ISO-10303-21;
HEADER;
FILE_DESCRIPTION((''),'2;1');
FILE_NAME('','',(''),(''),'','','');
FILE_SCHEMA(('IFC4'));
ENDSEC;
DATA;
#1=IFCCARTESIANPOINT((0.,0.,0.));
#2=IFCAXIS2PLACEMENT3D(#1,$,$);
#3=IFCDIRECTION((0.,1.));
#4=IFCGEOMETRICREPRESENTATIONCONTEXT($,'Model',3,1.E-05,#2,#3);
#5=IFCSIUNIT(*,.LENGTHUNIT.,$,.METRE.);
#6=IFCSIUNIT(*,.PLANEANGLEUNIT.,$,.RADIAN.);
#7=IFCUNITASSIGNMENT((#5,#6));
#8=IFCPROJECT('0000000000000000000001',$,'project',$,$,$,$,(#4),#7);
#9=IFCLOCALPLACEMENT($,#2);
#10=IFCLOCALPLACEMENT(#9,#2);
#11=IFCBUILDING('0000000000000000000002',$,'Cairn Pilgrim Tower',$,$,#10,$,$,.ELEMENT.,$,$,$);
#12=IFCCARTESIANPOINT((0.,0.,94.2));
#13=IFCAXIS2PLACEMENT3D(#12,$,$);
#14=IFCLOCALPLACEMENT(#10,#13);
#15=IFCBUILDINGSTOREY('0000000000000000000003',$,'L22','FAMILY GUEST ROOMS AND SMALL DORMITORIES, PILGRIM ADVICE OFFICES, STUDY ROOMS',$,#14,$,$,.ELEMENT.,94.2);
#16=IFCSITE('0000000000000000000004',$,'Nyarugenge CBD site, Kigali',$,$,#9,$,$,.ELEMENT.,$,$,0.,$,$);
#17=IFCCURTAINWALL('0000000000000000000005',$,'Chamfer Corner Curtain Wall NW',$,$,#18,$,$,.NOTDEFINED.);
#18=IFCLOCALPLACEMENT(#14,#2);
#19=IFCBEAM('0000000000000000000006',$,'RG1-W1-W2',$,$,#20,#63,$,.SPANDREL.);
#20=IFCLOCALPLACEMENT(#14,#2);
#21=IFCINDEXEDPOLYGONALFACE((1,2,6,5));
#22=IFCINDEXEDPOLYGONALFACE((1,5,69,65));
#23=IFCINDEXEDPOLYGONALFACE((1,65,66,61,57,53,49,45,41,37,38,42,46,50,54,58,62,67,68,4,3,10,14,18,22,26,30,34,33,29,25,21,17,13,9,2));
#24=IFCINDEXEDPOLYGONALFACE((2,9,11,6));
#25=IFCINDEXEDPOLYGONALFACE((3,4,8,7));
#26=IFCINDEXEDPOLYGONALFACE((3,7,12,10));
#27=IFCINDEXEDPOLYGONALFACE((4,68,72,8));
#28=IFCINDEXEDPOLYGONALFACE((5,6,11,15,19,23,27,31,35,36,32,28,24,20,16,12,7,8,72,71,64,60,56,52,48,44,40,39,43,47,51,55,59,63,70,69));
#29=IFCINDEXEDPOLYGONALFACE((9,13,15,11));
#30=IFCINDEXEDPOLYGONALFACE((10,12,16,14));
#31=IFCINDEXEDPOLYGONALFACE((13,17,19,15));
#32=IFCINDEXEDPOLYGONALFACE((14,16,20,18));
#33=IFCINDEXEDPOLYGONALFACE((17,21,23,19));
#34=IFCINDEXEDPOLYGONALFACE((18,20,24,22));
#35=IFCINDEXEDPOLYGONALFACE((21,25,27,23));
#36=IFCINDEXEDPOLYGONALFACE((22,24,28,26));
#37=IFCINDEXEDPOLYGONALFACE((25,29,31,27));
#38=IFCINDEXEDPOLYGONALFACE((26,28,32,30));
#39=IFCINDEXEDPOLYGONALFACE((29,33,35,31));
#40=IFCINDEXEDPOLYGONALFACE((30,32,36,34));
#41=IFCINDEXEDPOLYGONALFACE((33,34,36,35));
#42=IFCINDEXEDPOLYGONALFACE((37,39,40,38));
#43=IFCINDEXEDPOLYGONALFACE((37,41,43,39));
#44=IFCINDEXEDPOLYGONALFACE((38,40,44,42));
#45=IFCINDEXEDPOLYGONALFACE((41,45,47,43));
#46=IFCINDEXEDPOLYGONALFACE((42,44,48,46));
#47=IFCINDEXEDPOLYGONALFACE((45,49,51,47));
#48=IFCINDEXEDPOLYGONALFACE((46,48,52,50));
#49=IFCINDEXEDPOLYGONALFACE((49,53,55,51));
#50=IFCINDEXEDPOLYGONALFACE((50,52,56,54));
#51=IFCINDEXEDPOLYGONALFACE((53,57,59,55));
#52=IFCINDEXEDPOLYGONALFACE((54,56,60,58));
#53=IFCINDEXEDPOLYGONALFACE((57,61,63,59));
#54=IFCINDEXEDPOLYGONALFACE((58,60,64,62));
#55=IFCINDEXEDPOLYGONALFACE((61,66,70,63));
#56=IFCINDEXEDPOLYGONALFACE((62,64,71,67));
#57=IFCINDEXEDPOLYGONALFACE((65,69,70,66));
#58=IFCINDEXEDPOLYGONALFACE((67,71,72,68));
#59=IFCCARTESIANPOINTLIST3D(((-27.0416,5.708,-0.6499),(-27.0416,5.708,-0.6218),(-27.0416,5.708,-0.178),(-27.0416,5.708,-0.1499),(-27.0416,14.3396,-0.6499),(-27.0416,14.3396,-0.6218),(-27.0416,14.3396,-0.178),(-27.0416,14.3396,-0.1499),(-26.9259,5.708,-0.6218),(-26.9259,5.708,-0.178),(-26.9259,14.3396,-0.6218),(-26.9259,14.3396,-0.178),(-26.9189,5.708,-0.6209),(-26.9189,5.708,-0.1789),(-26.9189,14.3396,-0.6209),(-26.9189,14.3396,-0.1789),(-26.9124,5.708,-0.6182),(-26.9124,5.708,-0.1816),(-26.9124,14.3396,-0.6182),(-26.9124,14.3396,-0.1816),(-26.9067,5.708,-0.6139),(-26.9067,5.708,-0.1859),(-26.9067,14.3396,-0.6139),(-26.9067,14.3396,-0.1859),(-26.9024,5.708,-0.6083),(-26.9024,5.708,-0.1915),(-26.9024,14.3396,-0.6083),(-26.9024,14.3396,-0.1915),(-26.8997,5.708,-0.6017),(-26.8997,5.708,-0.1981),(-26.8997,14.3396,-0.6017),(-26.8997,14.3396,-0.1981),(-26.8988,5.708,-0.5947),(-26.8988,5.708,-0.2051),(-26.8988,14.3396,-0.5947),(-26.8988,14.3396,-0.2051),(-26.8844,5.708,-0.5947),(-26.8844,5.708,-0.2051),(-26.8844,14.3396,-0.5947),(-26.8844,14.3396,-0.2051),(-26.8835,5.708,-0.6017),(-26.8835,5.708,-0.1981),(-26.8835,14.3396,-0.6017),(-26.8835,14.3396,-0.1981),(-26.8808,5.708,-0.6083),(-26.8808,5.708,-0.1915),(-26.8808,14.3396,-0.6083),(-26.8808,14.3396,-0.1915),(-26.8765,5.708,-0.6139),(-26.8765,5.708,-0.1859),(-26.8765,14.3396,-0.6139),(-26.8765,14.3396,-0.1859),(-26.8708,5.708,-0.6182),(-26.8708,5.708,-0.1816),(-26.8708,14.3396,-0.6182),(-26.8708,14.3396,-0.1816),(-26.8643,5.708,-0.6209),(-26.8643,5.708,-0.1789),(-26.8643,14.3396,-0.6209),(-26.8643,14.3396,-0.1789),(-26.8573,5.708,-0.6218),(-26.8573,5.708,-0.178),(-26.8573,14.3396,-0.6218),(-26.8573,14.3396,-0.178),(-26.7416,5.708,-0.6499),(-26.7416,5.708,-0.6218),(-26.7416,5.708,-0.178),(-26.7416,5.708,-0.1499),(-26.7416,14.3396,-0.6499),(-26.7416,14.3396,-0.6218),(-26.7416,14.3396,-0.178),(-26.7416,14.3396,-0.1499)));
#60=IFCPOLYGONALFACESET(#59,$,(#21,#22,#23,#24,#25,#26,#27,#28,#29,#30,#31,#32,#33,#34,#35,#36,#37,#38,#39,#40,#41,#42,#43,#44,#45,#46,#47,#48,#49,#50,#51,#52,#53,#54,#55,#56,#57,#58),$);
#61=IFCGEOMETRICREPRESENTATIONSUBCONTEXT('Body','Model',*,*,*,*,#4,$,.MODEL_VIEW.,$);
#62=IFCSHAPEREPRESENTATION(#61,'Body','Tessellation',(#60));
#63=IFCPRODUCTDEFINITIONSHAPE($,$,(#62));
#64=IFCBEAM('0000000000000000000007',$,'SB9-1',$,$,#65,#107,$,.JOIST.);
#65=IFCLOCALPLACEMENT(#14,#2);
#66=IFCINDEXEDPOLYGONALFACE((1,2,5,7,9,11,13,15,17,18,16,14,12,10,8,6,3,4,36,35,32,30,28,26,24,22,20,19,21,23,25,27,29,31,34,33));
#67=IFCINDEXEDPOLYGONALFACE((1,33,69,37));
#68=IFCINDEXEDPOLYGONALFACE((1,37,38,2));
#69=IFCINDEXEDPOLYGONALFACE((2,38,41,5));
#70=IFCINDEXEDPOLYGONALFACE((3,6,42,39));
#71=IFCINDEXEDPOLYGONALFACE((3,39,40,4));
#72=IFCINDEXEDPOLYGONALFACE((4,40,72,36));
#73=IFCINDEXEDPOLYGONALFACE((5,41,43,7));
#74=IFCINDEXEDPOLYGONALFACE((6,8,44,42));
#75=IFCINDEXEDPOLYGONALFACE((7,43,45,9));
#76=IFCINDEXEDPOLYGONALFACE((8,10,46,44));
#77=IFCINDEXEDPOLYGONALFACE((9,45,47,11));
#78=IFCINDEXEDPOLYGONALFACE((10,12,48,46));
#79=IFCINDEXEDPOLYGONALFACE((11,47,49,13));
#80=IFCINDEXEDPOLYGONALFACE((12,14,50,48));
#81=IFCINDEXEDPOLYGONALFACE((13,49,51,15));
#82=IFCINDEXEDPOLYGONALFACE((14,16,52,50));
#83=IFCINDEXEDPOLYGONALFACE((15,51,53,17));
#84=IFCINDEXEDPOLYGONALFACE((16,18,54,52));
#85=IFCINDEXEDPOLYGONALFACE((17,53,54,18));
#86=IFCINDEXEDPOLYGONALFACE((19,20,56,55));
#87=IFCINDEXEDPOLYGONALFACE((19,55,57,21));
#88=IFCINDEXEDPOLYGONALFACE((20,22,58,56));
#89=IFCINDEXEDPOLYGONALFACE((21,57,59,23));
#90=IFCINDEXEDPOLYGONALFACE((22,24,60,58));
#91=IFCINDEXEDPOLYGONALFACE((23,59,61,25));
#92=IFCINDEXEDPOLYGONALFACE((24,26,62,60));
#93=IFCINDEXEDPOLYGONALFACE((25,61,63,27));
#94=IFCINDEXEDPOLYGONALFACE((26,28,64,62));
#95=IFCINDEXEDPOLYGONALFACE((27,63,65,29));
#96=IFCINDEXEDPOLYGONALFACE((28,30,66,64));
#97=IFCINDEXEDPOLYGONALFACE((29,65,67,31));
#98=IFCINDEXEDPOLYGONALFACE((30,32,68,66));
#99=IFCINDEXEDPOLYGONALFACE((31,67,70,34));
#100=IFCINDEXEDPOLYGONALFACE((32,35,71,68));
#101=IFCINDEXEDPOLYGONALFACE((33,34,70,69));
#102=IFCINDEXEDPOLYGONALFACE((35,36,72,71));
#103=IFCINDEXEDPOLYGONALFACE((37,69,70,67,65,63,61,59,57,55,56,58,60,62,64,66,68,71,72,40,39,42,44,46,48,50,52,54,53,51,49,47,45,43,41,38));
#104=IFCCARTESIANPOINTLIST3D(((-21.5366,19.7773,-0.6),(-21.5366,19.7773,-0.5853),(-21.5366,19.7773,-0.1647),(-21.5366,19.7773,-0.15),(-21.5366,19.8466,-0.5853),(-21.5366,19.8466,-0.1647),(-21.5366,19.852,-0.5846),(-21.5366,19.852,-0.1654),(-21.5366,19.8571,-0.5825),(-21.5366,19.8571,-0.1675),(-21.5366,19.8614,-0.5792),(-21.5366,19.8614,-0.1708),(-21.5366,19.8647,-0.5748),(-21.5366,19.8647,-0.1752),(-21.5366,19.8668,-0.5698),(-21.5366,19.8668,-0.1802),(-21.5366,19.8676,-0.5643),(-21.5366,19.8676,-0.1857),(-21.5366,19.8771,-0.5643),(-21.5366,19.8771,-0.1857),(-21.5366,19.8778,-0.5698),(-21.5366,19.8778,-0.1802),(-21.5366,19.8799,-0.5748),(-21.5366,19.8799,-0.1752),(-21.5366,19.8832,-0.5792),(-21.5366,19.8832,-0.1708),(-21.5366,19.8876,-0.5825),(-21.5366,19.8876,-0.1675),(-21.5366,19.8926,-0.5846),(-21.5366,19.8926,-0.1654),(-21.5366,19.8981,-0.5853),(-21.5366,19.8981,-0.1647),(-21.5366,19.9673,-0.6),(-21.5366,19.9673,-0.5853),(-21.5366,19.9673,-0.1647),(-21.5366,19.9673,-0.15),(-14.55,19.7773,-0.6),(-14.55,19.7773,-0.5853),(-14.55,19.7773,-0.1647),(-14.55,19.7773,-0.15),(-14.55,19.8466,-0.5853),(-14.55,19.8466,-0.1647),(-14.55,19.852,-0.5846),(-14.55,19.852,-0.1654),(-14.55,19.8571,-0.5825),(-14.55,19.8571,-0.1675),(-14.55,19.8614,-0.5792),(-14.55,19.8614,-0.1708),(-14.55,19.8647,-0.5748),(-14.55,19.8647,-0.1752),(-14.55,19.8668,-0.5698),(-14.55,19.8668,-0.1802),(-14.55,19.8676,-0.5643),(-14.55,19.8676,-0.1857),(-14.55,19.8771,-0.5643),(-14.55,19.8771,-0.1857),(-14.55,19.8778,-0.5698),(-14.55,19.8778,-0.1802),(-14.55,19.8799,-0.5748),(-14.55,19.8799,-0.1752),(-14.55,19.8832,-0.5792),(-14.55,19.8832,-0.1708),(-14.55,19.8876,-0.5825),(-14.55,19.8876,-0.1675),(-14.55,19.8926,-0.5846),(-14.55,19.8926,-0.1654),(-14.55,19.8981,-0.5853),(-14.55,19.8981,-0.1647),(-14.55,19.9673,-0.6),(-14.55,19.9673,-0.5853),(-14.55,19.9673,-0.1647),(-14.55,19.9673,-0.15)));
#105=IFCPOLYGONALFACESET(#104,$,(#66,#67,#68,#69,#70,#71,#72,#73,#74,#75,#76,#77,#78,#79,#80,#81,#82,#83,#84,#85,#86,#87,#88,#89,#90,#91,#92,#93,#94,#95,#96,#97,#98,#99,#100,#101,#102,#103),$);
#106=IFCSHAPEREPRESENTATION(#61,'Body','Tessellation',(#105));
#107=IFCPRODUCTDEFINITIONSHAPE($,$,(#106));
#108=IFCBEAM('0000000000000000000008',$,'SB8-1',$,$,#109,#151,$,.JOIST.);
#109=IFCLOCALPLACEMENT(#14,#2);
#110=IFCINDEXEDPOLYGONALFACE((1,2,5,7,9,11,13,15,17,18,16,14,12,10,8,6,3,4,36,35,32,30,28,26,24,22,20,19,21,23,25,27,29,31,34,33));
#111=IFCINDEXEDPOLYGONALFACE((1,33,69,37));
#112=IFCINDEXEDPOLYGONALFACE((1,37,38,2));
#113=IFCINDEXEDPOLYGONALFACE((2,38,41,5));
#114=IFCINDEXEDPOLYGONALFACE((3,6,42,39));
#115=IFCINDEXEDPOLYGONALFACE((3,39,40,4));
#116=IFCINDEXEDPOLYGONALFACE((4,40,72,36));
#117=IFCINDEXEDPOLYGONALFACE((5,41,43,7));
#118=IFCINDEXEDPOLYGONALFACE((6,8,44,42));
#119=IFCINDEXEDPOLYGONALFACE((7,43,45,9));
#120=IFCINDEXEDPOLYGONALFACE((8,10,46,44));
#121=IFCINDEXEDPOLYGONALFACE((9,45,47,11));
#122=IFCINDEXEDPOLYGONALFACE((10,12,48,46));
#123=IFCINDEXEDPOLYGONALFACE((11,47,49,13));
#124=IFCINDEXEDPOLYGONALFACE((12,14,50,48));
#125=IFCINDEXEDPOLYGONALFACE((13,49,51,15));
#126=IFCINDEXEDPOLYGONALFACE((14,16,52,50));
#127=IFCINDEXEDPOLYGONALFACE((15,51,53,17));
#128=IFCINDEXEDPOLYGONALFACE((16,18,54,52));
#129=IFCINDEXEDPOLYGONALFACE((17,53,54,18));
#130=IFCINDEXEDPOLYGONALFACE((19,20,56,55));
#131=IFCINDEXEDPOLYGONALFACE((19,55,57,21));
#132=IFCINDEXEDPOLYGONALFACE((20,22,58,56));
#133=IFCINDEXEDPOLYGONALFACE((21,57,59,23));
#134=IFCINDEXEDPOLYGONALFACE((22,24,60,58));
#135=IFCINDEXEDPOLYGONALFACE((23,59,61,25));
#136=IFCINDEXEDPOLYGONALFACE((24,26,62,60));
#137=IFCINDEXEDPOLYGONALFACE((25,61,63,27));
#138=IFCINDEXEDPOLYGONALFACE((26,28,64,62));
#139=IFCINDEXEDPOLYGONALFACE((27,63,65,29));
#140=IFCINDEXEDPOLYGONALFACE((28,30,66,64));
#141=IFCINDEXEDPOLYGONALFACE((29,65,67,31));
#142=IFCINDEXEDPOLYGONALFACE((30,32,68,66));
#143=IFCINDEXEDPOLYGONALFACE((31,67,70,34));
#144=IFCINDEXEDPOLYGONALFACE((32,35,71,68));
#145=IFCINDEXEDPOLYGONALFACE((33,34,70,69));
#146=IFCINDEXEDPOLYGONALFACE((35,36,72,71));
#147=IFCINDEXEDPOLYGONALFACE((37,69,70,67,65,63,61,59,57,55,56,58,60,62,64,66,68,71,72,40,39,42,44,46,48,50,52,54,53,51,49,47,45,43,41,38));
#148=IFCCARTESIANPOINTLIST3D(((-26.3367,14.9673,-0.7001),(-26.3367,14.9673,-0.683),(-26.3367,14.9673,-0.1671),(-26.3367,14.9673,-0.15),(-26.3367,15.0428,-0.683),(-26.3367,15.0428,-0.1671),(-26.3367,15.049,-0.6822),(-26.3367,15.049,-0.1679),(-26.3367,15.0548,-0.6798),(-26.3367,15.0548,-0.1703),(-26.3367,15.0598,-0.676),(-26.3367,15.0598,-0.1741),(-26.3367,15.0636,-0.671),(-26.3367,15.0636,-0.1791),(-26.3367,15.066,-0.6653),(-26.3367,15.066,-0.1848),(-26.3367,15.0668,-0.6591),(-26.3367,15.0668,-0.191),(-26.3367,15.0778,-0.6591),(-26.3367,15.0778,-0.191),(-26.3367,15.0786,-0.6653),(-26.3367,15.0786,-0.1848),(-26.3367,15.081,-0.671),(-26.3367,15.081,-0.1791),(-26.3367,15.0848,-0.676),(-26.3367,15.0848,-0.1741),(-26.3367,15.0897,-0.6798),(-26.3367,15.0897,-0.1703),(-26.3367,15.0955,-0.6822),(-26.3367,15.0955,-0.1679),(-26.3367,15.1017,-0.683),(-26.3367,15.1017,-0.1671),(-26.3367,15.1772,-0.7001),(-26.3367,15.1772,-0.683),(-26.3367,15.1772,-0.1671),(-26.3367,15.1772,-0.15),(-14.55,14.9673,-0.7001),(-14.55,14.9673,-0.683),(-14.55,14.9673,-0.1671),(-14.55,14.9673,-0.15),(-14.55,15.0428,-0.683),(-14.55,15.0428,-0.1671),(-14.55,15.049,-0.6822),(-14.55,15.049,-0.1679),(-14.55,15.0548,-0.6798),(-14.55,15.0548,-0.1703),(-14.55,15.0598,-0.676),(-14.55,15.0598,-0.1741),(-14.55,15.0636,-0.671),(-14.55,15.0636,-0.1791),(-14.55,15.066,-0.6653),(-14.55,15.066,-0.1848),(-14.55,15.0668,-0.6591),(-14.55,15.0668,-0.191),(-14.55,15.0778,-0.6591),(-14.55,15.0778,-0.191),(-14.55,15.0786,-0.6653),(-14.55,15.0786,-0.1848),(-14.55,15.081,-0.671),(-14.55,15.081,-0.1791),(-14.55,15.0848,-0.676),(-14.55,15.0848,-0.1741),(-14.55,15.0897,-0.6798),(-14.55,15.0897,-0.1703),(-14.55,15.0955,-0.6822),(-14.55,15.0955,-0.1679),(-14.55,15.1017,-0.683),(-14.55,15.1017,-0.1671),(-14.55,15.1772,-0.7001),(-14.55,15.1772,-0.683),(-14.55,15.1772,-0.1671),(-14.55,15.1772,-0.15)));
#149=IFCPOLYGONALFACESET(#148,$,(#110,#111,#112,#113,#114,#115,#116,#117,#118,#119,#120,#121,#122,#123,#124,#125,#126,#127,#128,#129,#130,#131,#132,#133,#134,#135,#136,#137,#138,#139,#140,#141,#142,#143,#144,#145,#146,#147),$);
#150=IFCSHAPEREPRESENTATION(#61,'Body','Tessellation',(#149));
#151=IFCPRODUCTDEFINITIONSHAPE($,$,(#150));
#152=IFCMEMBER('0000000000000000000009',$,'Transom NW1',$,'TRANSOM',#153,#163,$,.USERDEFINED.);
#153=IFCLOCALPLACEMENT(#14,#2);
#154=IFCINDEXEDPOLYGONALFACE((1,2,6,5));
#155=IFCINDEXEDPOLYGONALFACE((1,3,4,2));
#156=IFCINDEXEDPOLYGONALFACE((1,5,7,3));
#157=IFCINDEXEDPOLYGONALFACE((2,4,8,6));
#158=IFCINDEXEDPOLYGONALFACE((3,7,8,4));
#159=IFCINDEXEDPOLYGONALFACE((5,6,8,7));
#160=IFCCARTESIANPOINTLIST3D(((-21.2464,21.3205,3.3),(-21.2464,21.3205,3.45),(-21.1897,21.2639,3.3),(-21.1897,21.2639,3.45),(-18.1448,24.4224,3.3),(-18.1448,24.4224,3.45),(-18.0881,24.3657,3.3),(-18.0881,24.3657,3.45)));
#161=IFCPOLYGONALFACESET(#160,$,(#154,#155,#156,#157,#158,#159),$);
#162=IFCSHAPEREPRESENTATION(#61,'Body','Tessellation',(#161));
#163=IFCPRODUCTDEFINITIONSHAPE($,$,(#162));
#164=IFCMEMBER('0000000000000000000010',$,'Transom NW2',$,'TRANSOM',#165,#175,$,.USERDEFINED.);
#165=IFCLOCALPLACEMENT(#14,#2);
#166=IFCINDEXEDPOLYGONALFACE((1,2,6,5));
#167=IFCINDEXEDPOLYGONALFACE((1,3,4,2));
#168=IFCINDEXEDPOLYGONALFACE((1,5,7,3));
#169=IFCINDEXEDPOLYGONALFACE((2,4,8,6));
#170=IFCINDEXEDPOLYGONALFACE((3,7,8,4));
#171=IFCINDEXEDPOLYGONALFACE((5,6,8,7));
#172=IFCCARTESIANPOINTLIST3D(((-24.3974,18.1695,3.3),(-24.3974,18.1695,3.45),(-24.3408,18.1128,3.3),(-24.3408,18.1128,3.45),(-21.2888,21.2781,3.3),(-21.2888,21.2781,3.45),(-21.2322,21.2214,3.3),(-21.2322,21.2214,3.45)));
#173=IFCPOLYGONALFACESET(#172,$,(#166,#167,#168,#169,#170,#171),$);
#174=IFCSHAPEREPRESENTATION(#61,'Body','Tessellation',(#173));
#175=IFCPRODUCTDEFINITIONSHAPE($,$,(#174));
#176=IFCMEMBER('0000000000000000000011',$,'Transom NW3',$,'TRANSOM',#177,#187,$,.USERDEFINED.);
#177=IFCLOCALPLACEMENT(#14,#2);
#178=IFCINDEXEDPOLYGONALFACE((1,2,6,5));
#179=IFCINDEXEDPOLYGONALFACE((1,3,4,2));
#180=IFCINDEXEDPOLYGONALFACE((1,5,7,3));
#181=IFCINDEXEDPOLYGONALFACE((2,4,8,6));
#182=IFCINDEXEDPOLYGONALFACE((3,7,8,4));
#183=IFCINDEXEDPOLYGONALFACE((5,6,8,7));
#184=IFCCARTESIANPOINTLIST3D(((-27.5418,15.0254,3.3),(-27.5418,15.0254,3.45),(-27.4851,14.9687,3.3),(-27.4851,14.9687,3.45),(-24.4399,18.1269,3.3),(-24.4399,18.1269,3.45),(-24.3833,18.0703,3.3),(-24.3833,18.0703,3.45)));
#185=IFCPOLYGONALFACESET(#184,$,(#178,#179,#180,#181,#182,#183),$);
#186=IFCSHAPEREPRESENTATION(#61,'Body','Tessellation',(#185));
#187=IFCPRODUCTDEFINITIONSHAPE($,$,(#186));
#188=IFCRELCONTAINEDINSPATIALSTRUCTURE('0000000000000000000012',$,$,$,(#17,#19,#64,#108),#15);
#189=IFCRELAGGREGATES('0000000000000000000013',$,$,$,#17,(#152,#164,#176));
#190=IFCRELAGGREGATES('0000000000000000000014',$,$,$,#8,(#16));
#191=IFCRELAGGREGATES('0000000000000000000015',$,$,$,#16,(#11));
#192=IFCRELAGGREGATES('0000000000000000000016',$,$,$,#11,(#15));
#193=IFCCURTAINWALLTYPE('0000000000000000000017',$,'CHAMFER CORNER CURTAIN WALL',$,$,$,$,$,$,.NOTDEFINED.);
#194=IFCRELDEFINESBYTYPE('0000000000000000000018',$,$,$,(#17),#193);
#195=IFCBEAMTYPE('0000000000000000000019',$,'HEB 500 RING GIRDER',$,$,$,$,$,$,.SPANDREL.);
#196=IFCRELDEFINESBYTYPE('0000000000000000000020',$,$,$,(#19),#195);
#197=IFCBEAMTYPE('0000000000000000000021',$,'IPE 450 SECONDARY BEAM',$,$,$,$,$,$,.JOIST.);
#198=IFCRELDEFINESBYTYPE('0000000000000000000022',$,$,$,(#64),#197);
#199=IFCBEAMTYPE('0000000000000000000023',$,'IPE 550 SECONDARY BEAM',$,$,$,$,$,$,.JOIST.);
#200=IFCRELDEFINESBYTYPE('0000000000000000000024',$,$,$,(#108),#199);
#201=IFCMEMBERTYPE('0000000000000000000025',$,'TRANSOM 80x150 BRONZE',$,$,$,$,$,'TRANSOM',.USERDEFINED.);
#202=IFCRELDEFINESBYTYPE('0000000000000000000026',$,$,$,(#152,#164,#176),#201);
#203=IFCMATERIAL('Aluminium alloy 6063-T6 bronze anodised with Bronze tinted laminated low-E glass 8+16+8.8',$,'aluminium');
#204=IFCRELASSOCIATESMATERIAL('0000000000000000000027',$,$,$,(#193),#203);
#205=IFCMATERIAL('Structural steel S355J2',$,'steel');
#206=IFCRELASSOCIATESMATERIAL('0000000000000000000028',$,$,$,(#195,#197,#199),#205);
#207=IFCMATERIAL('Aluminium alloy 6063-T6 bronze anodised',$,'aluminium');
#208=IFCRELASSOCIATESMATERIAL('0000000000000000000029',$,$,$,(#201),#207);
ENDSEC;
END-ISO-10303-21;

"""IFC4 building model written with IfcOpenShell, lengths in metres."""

from ifc_helpers import new_model, si_unit, direction, frame, origin, origin_2d, place, context, subcontext, project, spatial, rectangle, i_section, extrude, material, material_profile, profile_set, type_object, element, aggregate, save


model = new_model("IFC4")

# Units and contexts
model_context = context("Model", 3, precision=1e-05, world=origin(), true_north=direction((0.0, 1.0)))
body_context = subcontext(model_context, "Body", "Model", "MODEL_VIEW")
ifc_project = project(units=[si_unit("LENGTHUNIT", "METRE"), si_unit("PLANEANGLEUNIT", "RADIAN")], contexts=[model_context])

# Site, building, storey
site_placement = place(None, origin())
site = spatial("IfcSite", under=ifc_project, at=site_placement, Name="Nyarugenge CBD site, Kigali", CompositionType="ELEMENT", RefElevation=0.0)
building_placement = place(site_placement, origin())
building = spatial("IfcBuilding", under=site, at=building_placement, Name="Cairn Pilgrim Tower", CompositionType="ELEMENT")
storey_placement = place(building_placement, frame((0.0, 0.0, 94.2)))
storey = spatial("IfcBuildingStorey", under=building, at=storey_placement, Name="L22", Description="FAMILY GUEST ROOMS AND SMALL DORMITORIES, PILGRIM ADVICE OFFICES, STUDY ROOMS", CompositionType="ELEMENT", Elevation=94.2)

# Shared definitions
ifc_material_1 = material(Name="Structural steel S355J2", Category="steel")

# Curtain wall
ifc_material_2 = material(Name="Aluminium alloy 6063-T6 bronze anodised with Bronze tinted laminated low-E glass 8+16+8.8", Category="aluminium")
curtain_wall_type_1 = type_object("IfcCurtainWallType", Name="CHAMFER CORNER CURTAIN WALL", PredefinedType="NOTDEFINED", material=ifc_material_2)
curtain_wall_1_placement = place(storey_placement, origin())
curtain_wall_1 = element("IfcCurtainWall", 1, at=curtain_wall_1_placement, inside=storey, type_object=curtain_wall_type_1, Name="Chamfer Corner Curtain Wall NW", PredefinedType="NOTDEFINED")
ifc_material_3 = material(Name="Aluminium alloy 6063-T6 bronze anodised", Category="aluminium")

# Beams
ifc_material_profile_1 = material_profile(ifc_material_1, i_section(OverallWidth=0.3, OverallDepth=0.5, WebThickness=0.0144, FlangeThickness=0.0281, FilletRadius=0.0271, at=origin_2d()), Name="HEB 500")
ifc_profile_set_1 = profile_set([ifc_material_profile_1], Name="Structural steel S355J2")
beam_type_1 = type_object("IfcBeamType", Name="HEB 500 RING GIRDER", PredefinedType="SPANDREL", material=ifc_profile_set_1)
beam_1_placement = place(storey_placement, frame((-26.8916, 14.3396, -0.3999), z_axis=(0.0, -1.0, 0.0), x_axis=(1.0, 0.0, 0.0)))
element("IfcBeam", 2, at=beam_1_placement, inside=storey, type_object=beam_type_1, Name="RG1-W1-W2", PredefinedType="SPANDREL", context=body_context, shape_type="SweptSolid", body=[
    extrude(i_section(OverallWidth=0.3, OverallDepth=0.5, WebThickness=0.0144, FlangeThickness=0.0281, FilletRadius=0.0271, at=origin_2d()), origin(), (0.0, 0.0, 1.0), 8.6316),
])
ifc_material_profile_2 = material_profile(ifc_material_1, i_section(OverallWidth=0.1899, OverallDepth=0.45, WebThickness=0.0095, FlangeThickness=0.0146, FilletRadius=0.021, at=origin_2d()), Name="IPE 450")
ifc_profile_set_2 = profile_set([ifc_material_profile_2], Name="Structural steel S355J2")
beam_type_2 = type_object("IfcBeamType", Name="IPE 450 SECONDARY BEAM", PredefinedType="JOIST", material=ifc_profile_set_2)
beam_2_placement = place(storey_placement, frame((-21.5366, 19.8723, -0.375), z_axis=(1.0, 0.0, 0.0), x_axis=(0.0, 1.0, 0.0)))
element("IfcBeam", 3, at=beam_2_placement, inside=storey, type_object=beam_type_2, Name="SB9-1", PredefinedType="JOIST", context=body_context, shape_type="SweptSolid", body=[
    extrude(i_section(OverallWidth=0.1899, OverallDepth=0.45, WebThickness=0.0095, FlangeThickness=0.0146, FilletRadius=0.021, at=origin_2d()), origin(), (0.0, 0.0, 1.0), 6.9866),
])
ifc_material_profile_3 = material_profile(ifc_material_1, i_section(OverallWidth=0.21, OverallDepth=0.55, WebThickness=0.011, FlangeThickness=0.0171, FilletRadius=0.0239, at=origin_2d()), Name="IPE 550")
ifc_profile_set_3 = profile_set([ifc_material_profile_3], Name="Structural steel S355J2")
beam_type_3 = type_object("IfcBeamType", Name="IPE 550 SECONDARY BEAM", PredefinedType="JOIST", material=ifc_profile_set_3)
beam_3_placement = place(storey_placement, frame((-26.3367, 15.0723, -0.425), z_axis=(1.0, 0.0, 0.0), x_axis=(0.0, 1.0, 0.0)))
element("IfcBeam", 4, at=beam_3_placement, inside=storey, type_object=beam_type_3, Name="SB8-1", PredefinedType="JOIST", context=body_context, shape_type="SweptSolid", body=[
    extrude(i_section(OverallWidth=0.21, OverallDepth=0.55, WebThickness=0.011, FlangeThickness=0.0171, FilletRadius=0.0239, at=origin_2d()), origin(), (0.0, 0.0, 1.0), 11.7866),
])

# Members
ifc_material_profile_4 = material_profile(ifc_material_3, rectangle(XDim=0.0801, YDim=0.1499, at=origin_2d()), Name="TRANSOM 80x150 BRONZE")
ifc_profile_set_4 = profile_set([ifc_material_profile_4], Name="Aluminium alloy 6063-T6 bronze anodised")
member_type_1 = type_object("IfcMemberType", Name="TRANSOM 80x150 BRONZE", ElementType="TRANSOM", PredefinedType="USERDEFINED", material=ifc_profile_set_4)
member_1_placement = place(storey_placement, frame((-18.1165, 24.394, 3.375), z_axis=(-0.707079, -0.707135, 0.0), x_axis=(0.707135, -0.707079, 0.0)))
member_1 = element("IfcMember", 5, at=member_1_placement, type_object=member_type_1, Name="Transom NW1", ObjectType="TRANSOM", PredefinedType="USERDEFINED", context=body_context, shape_type="SweptSolid", body=[
    extrude(rectangle(XDim=0.0801, YDim=0.1499, at=origin_2d()), origin(), (0.0, 0.0, 1.0), 4.3865),
])
member_2_placement = place(storey_placement, frame((-21.2605, 21.2498, 3.375), z_axis=(-0.707107, -0.707107, 0.0), x_axis=(0.707107, -0.707107, 0.0)))
member_2 = element("IfcMember", 6, at=member_2_placement, type_object=member_type_1, Name="Transom NW2", ObjectType="TRANSOM", PredefinedType="USERDEFINED", context=body_context, shape_type="SweptSolid", body=[
    extrude(rectangle(XDim=0.0801, YDim=0.1499, at=origin_2d()), origin(), (0.0, 0.0, 1.0), 4.3962),
])
member_3_placement = place(storey_placement, frame((-24.4116, 18.0986, 3.375), z_axis=(-0.707135, -0.707079, 0.0), x_axis=(0.707079, -0.707135, 0.0)))
member_3 = element("IfcMember", 7, at=member_3_placement, type_object=member_type_1, Name="Transom NW3", ObjectType="TRANSOM", PredefinedType="USERDEFINED", context=body_context, shape_type="SweptSolid", body=[
    extrude(rectangle(XDim=0.0801, YDim=0.1499, at=origin_2d()), origin(), (0.0, 0.0, 1.0), 4.3865),
])

aggregate(curtain_wall_1, [member_1, member_2, member_3])

save(model, "model.ifc")
